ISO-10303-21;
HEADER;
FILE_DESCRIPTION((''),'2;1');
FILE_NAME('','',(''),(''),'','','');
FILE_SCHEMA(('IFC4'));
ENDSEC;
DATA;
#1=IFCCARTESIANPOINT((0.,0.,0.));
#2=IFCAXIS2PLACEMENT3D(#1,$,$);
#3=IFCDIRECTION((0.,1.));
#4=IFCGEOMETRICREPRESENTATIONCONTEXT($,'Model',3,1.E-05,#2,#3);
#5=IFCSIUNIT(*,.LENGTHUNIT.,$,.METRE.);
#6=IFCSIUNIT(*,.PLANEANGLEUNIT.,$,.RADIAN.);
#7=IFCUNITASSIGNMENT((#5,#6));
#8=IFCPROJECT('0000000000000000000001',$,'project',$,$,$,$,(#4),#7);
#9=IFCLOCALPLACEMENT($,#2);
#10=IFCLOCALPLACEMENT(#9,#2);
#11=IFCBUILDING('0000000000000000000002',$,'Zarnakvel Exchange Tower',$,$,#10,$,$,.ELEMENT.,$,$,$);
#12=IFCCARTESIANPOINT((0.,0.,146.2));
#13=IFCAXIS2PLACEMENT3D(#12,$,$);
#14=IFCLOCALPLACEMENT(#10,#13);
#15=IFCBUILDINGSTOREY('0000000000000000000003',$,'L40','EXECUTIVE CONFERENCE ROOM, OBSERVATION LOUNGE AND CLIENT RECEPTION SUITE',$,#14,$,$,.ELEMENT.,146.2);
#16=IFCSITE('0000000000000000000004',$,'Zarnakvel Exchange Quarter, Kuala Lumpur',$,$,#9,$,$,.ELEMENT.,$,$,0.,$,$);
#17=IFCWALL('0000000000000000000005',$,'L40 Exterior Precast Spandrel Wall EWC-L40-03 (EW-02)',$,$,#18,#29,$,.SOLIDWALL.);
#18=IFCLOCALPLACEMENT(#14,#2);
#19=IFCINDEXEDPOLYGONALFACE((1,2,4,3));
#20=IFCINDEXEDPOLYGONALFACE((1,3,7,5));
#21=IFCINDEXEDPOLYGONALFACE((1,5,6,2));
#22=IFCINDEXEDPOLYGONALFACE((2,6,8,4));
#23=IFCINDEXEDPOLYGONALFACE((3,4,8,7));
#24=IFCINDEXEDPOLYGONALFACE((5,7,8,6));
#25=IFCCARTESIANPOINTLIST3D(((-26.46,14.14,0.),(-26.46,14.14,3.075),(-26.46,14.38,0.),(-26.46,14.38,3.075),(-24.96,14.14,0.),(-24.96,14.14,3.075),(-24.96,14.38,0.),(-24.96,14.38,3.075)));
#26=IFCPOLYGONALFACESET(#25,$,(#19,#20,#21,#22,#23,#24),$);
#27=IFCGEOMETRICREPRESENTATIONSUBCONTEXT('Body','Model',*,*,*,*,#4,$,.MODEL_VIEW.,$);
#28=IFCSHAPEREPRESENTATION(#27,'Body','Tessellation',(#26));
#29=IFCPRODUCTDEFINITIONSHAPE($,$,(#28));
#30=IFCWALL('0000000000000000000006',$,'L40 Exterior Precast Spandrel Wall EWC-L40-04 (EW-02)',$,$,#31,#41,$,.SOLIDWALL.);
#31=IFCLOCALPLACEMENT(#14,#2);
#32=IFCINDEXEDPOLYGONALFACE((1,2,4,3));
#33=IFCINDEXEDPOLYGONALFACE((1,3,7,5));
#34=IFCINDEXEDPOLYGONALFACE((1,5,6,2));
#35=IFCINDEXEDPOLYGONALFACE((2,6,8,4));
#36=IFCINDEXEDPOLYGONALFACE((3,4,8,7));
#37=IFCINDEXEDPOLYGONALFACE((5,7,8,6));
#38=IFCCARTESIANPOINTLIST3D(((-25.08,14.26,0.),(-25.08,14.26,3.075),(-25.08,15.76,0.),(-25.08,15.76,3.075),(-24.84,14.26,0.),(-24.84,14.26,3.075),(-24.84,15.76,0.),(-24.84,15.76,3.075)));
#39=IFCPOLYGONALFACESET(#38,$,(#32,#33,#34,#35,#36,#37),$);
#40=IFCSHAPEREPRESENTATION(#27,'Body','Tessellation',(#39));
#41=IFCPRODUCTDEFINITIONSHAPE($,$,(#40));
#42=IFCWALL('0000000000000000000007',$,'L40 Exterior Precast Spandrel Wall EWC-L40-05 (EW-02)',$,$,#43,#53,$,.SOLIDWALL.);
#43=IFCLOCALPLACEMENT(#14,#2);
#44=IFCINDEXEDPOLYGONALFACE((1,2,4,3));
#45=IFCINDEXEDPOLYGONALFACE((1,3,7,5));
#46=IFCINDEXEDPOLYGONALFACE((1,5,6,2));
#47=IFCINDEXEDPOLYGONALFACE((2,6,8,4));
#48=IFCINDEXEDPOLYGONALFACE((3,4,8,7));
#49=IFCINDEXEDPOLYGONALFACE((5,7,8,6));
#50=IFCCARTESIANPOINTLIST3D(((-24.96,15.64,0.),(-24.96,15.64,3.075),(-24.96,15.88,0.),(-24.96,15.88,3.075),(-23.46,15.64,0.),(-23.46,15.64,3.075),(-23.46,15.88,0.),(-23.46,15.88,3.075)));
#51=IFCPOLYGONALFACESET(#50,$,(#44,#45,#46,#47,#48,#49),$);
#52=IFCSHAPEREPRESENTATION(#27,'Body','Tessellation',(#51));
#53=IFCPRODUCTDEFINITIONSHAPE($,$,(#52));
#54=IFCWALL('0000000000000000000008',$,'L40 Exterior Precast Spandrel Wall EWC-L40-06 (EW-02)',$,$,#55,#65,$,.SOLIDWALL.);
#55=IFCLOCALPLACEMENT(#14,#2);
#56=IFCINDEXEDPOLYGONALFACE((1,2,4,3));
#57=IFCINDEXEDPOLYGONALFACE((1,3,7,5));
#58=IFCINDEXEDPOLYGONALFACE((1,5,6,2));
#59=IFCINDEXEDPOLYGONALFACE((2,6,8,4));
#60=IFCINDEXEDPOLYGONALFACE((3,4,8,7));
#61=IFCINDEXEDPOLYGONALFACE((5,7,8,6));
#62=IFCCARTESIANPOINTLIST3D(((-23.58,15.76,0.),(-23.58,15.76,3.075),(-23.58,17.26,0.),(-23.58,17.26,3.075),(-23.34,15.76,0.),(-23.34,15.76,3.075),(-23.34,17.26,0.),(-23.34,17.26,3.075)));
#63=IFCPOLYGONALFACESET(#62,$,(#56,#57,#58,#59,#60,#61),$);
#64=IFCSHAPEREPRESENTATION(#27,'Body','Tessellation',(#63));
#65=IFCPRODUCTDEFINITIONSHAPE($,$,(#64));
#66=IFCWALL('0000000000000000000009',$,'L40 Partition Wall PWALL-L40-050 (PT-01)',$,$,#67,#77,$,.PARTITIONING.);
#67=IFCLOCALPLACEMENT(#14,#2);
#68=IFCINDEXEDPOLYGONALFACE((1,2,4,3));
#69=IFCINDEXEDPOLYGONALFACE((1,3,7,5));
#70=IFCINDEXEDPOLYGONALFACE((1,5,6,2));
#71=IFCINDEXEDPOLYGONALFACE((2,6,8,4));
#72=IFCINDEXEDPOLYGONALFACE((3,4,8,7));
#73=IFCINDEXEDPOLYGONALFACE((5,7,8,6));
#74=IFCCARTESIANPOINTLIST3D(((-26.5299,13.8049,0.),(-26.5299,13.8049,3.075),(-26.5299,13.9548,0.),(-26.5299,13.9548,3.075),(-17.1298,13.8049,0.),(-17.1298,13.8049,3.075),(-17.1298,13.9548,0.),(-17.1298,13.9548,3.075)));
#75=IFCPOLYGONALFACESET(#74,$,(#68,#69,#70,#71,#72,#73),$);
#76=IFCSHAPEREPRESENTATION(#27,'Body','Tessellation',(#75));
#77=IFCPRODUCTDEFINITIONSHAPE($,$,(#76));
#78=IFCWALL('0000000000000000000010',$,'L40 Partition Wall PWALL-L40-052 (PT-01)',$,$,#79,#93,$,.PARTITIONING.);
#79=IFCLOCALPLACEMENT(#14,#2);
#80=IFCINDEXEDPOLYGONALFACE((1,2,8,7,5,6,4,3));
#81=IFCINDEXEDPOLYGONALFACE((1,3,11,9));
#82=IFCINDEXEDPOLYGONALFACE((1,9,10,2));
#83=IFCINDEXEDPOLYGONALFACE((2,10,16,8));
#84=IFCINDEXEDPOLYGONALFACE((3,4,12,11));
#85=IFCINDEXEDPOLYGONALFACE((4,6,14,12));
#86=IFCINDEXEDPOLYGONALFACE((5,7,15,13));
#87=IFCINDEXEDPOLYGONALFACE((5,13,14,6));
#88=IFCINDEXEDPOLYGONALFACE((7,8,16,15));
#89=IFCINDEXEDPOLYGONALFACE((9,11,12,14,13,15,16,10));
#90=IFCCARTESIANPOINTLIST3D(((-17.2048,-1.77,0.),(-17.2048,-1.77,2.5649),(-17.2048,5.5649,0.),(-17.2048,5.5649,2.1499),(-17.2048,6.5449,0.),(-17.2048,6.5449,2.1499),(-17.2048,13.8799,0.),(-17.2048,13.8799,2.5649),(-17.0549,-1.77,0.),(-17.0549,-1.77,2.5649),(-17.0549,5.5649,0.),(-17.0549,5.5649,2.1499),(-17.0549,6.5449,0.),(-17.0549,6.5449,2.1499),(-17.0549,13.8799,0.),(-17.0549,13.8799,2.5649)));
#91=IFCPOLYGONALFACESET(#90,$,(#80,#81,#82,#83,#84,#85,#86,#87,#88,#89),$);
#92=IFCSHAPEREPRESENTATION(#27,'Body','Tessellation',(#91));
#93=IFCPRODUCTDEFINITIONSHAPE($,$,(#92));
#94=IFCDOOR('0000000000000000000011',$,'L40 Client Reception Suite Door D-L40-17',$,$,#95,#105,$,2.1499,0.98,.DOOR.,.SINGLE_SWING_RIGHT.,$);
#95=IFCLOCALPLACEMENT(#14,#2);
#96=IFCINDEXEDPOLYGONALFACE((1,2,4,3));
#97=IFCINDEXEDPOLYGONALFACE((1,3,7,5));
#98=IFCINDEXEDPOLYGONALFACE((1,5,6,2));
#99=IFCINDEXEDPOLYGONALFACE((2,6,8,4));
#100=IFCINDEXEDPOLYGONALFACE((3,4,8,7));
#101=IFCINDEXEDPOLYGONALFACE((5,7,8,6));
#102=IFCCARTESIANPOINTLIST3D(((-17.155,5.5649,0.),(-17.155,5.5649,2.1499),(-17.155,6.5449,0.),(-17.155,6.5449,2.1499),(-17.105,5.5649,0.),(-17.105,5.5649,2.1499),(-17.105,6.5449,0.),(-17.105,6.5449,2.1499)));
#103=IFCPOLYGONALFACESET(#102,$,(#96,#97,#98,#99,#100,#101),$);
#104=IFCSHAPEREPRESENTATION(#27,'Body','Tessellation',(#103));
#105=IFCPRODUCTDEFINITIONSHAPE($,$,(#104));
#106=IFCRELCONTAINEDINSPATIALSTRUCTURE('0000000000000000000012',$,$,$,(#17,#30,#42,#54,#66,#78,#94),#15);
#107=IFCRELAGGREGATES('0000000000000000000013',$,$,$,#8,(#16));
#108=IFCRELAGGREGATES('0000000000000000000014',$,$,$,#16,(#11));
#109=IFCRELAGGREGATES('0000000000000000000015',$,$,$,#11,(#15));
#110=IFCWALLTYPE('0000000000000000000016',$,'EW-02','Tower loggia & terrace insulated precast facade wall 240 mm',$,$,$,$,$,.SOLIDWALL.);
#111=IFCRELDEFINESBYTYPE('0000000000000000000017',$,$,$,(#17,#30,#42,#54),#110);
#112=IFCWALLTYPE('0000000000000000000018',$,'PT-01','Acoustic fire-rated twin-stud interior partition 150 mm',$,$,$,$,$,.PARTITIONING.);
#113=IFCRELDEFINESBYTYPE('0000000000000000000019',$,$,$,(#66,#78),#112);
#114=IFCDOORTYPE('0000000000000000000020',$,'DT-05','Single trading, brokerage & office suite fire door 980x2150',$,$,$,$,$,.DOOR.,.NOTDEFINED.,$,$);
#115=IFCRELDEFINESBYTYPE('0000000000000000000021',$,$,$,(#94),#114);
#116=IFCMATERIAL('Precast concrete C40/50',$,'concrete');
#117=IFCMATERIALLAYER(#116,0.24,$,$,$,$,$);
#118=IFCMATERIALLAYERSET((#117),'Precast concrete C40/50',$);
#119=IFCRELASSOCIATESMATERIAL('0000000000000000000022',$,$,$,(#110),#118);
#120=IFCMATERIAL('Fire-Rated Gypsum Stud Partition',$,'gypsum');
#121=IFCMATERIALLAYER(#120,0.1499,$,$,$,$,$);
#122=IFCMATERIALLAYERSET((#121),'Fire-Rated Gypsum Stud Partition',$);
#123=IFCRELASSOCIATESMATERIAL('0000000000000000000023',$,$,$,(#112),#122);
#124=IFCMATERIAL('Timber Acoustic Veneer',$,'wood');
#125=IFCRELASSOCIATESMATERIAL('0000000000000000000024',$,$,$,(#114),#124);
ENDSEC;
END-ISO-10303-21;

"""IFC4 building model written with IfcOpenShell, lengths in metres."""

from ifc_helpers import new_model, si_unit, direction, frame, frame_2d, origin, place, context, subcontext, project, spatial, rectangle, extrude, source, transform, mapped, material, layer, layer_set, type_object, element, fill, save


model = new_model("IFC4")

# Units and contexts
model_context = context("Model", 3, precision=1e-05, world=origin(), true_north=direction((0.0, 1.0)))
body_context = subcontext(model_context, "Body", "Model", "MODEL_VIEW")
ifc_project = project(units=[si_unit("LENGTHUNIT", "METRE"), si_unit("PLANEANGLEUNIT", "RADIAN")], contexts=[model_context])

# Site, building, storey
site_placement = place(None, origin())
site = spatial("IfcSite", under=ifc_project, at=site_placement, Name="Zarnakvel Exchange Quarter, Kuala Lumpur", CompositionType="ELEMENT", RefElevation=0.0)
building_placement = place(site_placement, origin())
building = spatial("IfcBuilding", under=site, at=building_placement, Name="Zarnakvel Exchange Tower", CompositionType="ELEMENT")
storey_placement = place(building_placement, frame((0.0, 0.0, 146.2)))
storey = spatial("IfcBuildingStorey", under=building, at=storey_placement, Name="L40", Description="EXECUTIVE CONFERENCE ROOM, OBSERVATION LOUNGE AND CLIENT RECEPTION SUITE", CompositionType="ELEMENT", Elevation=146.2)

# Walls
ifc_material_1 = material(Name="Precast concrete C40/50", Category="concrete")
ifc_layer_1 = layer(ifc_material_1, 0.24)
ifc_layer_set_1 = layer_set([ifc_layer_1], Name="Precast concrete C40/50")
wall_type_1 = type_object("IfcWallType", Name="EW-02", Description="Tower loggia & terrace insulated precast facade wall 240 mm", PredefinedType="SOLIDWALL", material=ifc_layer_set_1)
for number, where, z_axis, x_axis, name in (
    (1, (-24.96, 14.26, 0.0), (0.0, 0.0, 1.0), (-1.0, 0.0, 0.0), "L40 Exterior Precast Spandrel Wall EWC-L40-03 (EW-02)"),
    (2, (-24.96, 15.76, 0.0), (0.0, 0.0, 1.0), (0.0, -1.0, 0.0), "L40 Exterior Precast Spandrel Wall EWC-L40-04 (EW-02)"),
    (3, (-23.46, 15.76, 0.0), (0.0, 0.0, 1.0), (-1.0, 0.0, 0.0), "L40 Exterior Precast Spandrel Wall EWC-L40-05 (EW-02)"),
    (4, (-23.46, 17.26, 0.0), (0.0, 0.0, 1.0), (0.0, -1.0, 0.0), "L40 Exterior Precast Spandrel Wall EWC-L40-06 (EW-02)"),
):
    element("IfcWall", number, at=place(storey_placement, frame(where, z_axis=z_axis, x_axis=x_axis)), inside=storey, type_object=wall_type_1, Name=name, PredefinedType="SOLIDWALL", context=body_context, shape_type="SweptSolid", body=[
        extrude(rectangle(XDim=1.5, YDim=0.24, at=frame_2d((0.75, 0.0))), origin(), (0.0, 0.0, 1.0), 3.075),
    ])
ifc_material_2 = material(Name="Fire-Rated Gypsum Stud Partition", Category="gypsum")
ifc_layer_2 = layer(ifc_material_2, 0.1499)
ifc_layer_set_2 = layer_set([ifc_layer_2], Name="Fire-Rated Gypsum Stud Partition")
wall_type_2 = type_object("IfcWallType", Name="PT-01", Description="Acoustic fire-rated twin-stud interior partition 150 mm", PredefinedType="PARTITIONING", material=ifc_layer_set_2)
wall_1_placement = place(storey_placement, frame((-26.53, 13.8799, 0.0), z_axis=(0.0, 0.0, 1.0), x_axis=(1.0, 0.0, 0.0)))
element("IfcWall", 5, at=wall_1_placement, inside=storey, type_object=wall_type_2, Name="L40 Partition Wall PWALL-L40-050 (PT-01)", PredefinedType="PARTITIONING", context=body_context, shape_type="SweptSolid", body=[
    extrude(rectangle(XDim=9.4001, YDim=0.1499, at=frame_2d((4.7002, 0.0))), origin(), (0.0, 0.0, 1.0), 3.075),
])

# Wall, opening, door
wall_2_placement = place(storey_placement, frame((-17.1299, 13.8799, 0.0), z_axis=(0.0, 0.0, 1.0), x_axis=(0.0, -1.0, 0.0)))
wall_2 = element("IfcWall", 6, at=wall_2_placement, inside=storey, type_object=wall_type_2, Name="L40 Partition Wall PWALL-L40-052 (PT-01)", PredefinedType="PARTITIONING", context=body_context, shape_type="SweptSolid", body=[
    extrude(rectangle(XDim=15.6499, YDim=0.1499, at=frame_2d((7.825, 0.0))), origin(), (0.0, 0.0, 1.0), 2.5649),
])
opening_placement = place(wall_2_placement, frame((7.335, 0.0, 0.0)))
opening = element("IfcOpeningElement", 7, at=opening_placement, cuts=wall_2, PredefinedType="OPENING", context=body_context, shape_type="SweptSolid", body=[
    extrude(rectangle(XDim=0.98, YDim=2.1499, at=frame_2d((0.49, 1.075))), frame((0.0, 0.085, 0.0), z_axis=(0.0, -1.0, 0.0), x_axis=(1.0, 0.0, 0.0)), (0.0, 0.0, 1.0), 0.1699),
])
ifc_material_3 = material(Name="Timber Acoustic Veneer", Category="wood")
door_type = type_object("IfcDoorType", Name="DT-05", Description="Single trading, brokerage & office suite fire door 980x2150", OperationType="NOTDEFINED", PredefinedType="DOOR", material=ifc_material_3)
shared_shape_1 = source(origin(), body_context, "Body", "SweptSolid", [
    extrude(rectangle(XDim=0.98, YDim=2.1499, at=frame_2d((0.49, 1.075))), frame((0.0, 0.0249, 0.0), z_axis=(0.0, -1.0, 0.0), x_axis=(1.0, 0.0, 0.0)), (0.0, 0.0, 1.0), 0.05),
])
door_placement = place(opening_placement, origin())
door = element("IfcDoor", 8, at=door_placement, inside=storey, type_object=door_type, Name="L40 Client Reception Suite Door D-L40-17", OperationType="SINGLE_SWING_RIGHT", OverallHeight=2.1499, OverallWidth=0.98, PredefinedType="DOOR", context=body_context, shape_type="MappedRepresentation", body=[
    mapped(shared_shape_1, transform((0.0, 0.0, 0.0), x_axis=(1.0, 0.0, 0.0), y_axis=(0.0, 1.0, 0.0), z_axis=(0.0, 0.0, 1.0), scale=1.0)),
])
fill(opening, door)

save(model, "model.ifc")
